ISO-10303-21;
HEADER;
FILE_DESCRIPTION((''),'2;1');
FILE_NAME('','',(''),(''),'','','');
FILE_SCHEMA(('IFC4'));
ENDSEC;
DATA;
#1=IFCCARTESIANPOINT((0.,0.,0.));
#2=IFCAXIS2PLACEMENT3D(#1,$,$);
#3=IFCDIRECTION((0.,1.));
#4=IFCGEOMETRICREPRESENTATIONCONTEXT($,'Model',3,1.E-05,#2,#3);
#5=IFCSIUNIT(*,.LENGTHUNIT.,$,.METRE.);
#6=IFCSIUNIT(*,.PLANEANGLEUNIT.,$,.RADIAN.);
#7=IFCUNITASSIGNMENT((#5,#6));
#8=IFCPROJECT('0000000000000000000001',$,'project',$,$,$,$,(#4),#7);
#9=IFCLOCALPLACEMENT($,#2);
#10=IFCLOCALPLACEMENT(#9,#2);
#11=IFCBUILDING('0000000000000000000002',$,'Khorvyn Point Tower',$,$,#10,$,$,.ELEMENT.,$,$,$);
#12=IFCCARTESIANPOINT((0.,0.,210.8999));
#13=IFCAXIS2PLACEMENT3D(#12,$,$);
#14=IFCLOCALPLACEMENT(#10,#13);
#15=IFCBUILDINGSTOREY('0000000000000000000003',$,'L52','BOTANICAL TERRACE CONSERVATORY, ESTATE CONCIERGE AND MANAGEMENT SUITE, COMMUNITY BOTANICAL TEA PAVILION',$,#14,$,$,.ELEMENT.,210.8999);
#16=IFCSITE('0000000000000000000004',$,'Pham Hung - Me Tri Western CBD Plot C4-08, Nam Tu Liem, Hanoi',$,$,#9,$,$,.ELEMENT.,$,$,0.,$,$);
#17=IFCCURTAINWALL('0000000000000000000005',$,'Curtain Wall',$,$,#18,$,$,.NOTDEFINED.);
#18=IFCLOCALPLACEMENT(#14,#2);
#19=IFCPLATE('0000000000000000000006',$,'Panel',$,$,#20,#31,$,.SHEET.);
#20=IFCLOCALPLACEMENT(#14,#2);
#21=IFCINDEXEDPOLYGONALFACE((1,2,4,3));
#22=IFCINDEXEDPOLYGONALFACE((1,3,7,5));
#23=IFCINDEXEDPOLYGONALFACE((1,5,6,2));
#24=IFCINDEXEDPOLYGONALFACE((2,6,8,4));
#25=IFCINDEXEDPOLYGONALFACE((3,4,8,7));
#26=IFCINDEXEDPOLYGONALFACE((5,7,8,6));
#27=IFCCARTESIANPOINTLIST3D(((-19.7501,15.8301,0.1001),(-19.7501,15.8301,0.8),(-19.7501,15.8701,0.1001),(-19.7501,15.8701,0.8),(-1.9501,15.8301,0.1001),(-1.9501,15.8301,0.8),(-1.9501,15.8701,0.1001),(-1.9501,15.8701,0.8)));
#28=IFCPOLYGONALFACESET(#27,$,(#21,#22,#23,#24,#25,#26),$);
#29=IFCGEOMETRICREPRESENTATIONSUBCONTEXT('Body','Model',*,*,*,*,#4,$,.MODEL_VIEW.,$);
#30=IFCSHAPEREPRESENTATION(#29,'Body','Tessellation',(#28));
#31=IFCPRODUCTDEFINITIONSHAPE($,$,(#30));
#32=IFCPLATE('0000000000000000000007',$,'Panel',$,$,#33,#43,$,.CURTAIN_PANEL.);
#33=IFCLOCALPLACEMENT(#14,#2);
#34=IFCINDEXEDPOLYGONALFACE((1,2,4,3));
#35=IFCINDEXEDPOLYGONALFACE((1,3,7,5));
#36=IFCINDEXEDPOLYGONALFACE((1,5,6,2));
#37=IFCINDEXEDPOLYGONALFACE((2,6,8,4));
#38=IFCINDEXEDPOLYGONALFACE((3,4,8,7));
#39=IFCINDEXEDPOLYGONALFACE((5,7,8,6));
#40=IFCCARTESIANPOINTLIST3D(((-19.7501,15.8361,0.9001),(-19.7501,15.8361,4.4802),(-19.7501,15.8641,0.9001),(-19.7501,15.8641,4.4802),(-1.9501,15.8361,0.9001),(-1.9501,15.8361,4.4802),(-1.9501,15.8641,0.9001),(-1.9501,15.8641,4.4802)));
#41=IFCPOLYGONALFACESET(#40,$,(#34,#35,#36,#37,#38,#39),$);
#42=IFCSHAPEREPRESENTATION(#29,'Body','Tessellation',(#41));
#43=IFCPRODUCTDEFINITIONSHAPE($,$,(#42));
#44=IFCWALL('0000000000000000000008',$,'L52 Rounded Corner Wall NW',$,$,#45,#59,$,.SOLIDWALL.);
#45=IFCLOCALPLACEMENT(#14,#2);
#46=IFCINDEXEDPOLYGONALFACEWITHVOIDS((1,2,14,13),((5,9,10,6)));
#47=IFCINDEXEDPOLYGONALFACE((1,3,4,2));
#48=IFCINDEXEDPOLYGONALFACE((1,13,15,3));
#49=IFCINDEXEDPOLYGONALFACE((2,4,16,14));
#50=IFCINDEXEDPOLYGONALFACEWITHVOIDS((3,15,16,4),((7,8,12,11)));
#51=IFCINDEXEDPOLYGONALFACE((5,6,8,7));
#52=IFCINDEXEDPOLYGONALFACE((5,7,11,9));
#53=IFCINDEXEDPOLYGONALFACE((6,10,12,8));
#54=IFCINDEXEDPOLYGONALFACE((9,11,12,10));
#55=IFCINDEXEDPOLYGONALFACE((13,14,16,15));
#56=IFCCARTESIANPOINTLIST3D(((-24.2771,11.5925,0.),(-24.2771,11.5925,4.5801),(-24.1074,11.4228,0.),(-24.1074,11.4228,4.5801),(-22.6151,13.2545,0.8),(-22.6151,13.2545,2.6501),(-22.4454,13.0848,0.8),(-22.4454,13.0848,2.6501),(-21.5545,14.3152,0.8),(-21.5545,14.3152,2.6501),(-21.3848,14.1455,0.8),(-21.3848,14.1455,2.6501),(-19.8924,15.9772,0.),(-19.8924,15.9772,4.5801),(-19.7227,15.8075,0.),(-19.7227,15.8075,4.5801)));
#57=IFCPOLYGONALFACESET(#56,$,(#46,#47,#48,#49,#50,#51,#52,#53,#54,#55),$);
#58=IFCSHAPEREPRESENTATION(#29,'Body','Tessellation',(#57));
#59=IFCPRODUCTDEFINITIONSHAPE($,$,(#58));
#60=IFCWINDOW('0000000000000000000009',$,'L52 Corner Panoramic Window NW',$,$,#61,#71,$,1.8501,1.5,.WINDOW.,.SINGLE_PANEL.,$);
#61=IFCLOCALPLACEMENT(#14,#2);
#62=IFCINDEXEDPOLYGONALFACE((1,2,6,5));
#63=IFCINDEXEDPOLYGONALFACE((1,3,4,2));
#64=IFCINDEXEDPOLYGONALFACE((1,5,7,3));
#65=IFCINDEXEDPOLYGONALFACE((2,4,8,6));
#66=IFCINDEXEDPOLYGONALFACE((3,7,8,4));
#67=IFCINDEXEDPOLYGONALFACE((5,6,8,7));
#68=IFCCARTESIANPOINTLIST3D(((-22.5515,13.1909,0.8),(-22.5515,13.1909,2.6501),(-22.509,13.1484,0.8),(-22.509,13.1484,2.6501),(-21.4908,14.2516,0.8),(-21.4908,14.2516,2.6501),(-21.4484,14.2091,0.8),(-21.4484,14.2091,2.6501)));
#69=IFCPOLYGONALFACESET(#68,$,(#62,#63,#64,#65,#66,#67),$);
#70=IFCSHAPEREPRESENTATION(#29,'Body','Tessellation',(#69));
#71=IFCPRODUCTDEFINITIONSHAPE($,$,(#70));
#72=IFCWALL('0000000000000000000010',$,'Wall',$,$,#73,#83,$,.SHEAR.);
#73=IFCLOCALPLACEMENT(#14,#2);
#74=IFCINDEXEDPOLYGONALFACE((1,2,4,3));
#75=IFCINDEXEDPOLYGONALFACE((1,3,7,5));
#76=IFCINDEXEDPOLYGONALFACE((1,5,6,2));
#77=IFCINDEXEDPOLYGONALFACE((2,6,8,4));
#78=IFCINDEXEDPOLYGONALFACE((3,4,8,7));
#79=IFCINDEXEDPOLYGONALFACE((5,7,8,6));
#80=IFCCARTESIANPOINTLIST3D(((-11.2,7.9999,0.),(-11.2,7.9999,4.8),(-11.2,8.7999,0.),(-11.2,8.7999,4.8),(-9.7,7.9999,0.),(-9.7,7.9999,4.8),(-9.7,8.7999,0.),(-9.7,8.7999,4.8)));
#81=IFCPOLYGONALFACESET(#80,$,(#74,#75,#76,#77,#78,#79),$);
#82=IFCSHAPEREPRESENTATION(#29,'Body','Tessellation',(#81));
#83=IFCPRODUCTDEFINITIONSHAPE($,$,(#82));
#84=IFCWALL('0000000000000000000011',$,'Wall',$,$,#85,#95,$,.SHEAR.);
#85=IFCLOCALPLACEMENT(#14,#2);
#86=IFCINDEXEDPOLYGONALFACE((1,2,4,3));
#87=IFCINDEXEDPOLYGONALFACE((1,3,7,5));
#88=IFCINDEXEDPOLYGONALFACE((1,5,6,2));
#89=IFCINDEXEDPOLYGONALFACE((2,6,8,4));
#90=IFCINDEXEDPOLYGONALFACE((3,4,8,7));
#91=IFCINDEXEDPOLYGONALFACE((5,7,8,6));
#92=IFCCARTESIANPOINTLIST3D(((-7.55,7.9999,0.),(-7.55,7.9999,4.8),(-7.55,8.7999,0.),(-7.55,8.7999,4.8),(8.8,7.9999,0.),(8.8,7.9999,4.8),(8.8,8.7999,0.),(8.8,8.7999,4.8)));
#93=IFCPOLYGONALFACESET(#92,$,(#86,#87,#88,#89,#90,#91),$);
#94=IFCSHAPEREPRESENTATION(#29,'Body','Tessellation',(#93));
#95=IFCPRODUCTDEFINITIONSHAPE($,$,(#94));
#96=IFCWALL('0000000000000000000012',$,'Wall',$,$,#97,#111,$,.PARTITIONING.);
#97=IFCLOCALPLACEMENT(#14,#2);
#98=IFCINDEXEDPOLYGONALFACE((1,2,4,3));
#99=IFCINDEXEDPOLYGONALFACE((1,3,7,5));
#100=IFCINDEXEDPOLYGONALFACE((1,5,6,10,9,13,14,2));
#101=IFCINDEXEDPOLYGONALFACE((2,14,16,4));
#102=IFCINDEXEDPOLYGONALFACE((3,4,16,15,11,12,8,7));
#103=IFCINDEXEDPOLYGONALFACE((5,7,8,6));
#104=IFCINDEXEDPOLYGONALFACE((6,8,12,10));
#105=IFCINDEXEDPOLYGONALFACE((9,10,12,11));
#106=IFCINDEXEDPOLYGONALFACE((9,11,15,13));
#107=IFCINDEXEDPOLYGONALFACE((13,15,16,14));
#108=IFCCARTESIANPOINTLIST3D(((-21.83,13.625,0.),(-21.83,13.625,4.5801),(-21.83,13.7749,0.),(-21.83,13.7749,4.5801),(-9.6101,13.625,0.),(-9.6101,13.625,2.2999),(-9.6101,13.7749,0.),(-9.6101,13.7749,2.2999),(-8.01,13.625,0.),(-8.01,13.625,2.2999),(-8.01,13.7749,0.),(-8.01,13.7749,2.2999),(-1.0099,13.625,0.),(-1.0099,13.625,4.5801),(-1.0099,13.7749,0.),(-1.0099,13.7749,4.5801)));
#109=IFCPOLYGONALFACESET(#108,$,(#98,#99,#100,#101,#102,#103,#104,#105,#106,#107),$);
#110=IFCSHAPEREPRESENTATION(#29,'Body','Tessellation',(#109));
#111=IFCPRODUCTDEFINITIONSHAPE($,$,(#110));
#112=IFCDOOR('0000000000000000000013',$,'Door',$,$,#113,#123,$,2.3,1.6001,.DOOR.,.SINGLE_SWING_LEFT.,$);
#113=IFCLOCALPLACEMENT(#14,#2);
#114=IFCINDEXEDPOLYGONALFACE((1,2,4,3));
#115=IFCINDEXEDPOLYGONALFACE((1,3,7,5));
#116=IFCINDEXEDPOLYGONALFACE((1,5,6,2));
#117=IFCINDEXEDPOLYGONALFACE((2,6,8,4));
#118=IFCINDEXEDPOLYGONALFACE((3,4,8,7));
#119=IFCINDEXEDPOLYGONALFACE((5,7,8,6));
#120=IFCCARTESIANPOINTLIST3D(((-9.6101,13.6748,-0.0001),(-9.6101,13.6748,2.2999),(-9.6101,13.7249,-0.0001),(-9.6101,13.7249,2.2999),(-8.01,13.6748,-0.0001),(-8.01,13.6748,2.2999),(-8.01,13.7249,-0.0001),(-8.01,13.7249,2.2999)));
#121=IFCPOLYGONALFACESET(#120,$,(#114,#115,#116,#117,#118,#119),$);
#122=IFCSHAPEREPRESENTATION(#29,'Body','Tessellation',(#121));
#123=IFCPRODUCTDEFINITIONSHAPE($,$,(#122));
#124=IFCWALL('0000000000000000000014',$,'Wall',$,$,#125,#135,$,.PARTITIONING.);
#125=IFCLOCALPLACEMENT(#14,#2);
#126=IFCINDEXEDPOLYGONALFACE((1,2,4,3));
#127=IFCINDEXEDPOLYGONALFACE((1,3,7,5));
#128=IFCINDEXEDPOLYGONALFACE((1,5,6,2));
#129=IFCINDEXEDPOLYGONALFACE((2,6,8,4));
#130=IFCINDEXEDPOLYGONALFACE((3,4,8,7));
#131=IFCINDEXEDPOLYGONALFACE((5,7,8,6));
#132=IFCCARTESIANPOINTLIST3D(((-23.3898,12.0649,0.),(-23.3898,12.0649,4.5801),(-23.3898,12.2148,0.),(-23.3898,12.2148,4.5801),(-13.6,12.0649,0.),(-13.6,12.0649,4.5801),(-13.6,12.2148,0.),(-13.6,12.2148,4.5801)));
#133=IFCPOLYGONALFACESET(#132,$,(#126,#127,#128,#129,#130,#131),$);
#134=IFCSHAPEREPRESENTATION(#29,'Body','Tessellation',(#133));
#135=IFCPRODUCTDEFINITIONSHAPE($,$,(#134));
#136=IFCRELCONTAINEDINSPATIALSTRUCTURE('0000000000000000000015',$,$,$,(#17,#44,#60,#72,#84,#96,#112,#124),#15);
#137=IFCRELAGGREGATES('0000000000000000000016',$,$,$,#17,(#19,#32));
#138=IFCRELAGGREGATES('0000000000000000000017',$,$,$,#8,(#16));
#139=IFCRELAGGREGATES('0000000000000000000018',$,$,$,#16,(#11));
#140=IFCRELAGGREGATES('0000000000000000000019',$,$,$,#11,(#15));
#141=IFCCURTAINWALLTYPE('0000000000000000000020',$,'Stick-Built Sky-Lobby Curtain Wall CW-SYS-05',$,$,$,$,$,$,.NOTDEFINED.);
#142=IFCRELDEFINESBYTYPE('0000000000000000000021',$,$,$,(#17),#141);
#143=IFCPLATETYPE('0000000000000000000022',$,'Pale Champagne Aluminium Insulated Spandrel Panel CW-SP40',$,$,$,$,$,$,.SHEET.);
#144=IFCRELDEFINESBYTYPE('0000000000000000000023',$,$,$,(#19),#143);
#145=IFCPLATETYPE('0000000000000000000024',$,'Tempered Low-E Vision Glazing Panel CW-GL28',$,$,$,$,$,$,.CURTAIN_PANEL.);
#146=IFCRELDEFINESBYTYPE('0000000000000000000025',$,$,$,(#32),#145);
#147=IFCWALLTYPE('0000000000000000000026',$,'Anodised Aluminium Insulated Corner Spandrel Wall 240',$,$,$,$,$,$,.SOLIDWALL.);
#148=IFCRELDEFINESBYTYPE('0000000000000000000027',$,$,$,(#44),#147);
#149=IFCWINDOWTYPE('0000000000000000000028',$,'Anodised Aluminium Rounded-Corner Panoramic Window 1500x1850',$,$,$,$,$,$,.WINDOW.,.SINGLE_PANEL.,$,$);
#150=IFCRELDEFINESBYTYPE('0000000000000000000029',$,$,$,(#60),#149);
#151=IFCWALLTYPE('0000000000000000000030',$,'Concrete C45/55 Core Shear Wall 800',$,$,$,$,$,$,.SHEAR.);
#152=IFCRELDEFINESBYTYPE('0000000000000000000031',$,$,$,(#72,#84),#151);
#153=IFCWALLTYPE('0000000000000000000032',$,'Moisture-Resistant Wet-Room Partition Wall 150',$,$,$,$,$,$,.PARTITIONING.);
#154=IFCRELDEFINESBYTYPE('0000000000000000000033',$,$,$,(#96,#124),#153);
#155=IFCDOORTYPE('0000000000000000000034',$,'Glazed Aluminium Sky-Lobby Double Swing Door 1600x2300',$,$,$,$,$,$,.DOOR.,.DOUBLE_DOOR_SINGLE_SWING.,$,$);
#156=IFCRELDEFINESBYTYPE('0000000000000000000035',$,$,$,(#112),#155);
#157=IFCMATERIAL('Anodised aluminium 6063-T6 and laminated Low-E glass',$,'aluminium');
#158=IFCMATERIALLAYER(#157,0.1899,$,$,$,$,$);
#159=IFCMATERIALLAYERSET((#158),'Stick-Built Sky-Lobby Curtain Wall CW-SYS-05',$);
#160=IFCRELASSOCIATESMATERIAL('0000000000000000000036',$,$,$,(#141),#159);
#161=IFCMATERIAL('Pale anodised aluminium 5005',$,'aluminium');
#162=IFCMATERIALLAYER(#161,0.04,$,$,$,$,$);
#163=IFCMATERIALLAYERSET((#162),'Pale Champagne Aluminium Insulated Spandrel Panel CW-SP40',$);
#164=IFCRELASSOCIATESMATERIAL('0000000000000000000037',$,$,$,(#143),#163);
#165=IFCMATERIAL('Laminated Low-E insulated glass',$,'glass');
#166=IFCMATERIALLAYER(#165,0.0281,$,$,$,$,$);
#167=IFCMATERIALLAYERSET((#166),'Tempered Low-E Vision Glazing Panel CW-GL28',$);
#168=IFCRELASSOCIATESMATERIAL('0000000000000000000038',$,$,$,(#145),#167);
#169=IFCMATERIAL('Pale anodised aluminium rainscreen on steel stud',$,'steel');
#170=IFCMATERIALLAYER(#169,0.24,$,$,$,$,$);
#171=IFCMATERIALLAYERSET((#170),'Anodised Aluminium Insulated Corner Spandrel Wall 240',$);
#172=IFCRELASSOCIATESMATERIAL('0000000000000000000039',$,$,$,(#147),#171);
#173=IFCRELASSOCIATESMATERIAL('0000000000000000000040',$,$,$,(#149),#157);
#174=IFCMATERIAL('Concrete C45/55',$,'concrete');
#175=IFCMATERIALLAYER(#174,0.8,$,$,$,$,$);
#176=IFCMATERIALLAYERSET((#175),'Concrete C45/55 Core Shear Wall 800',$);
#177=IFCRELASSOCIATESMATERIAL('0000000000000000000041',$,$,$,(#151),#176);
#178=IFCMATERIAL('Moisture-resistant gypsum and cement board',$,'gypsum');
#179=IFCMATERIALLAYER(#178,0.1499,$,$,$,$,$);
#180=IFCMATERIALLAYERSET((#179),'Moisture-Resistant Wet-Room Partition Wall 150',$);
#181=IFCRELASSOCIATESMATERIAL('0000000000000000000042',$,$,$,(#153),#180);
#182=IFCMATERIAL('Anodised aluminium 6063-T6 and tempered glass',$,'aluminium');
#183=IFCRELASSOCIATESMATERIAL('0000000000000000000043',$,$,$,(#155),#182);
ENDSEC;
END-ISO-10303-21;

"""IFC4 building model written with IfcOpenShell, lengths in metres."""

from ifc_helpers import new_model, si_unit, direction, frame, frame_2d, origin, origin_2d, place, context, subcontext, project, spatial, rectangle, extrude, material, layer, layer_set, type_object, element, fill, aggregate, save


model = new_model("IFC4")

# Units and contexts
model_context = context("Model", 3, precision=1e-05, world=origin(), true_north=direction((0.0, 1.0)))
body_context = subcontext(model_context, "Body", "Model", "MODEL_VIEW")
ifc_project = project(units=[si_unit("LENGTHUNIT", "METRE"), si_unit("PLANEANGLEUNIT", "RADIAN")], contexts=[model_context])

# Site, building, storey
site_placement = place(None, origin())
site = spatial("IfcSite", under=ifc_project, at=site_placement, Name="Pham Hung - Me Tri Western CBD Plot C4-08, Nam Tu Liem, Hanoi", CompositionType="ELEMENT", RefElevation=0.0)
building_placement = place(site_placement, origin())
building = spatial("IfcBuilding", under=site, at=building_placement, Name="Khorvyn Point Tower", CompositionType="ELEMENT")
storey_placement = place(building_placement, frame((0.0, 0.0, 210.8999)))
storey = spatial("IfcBuildingStorey", under=building, at=storey_placement, Name="L52", Description="BOTANICAL TERRACE CONSERVATORY, ESTATE CONCIERGE AND MANAGEMENT SUITE, COMMUNITY BOTANICAL TEA PAVILION", CompositionType="ELEMENT", Elevation=210.8999)

# Shared definitions
ifc_material_1 = material(Name="Concrete C45/55", Category="concrete")

# Curtain wall
ifc_material_2 = material(Name="Anodised aluminium 6063-T6 and laminated Low-E glass", Category="aluminium")
ifc_layer_1 = layer(ifc_material_2, 0.1899)
ifc_layer_set_1 = layer_set([ifc_layer_1], Name="Stick-Built Sky-Lobby Curtain Wall CW-SYS-05")
curtain_wall_type = type_object("IfcCurtainWallType", Name="Stick-Built Sky-Lobby Curtain Wall CW-SYS-05", PredefinedType="NOTDEFINED", material=ifc_layer_set_1)
curtain_wall_1_placement = place(storey_placement, origin())
curtain_wall_1 = element("IfcCurtainWall", 1, at=curtain_wall_1_placement, inside=storey, type_object=curtain_wall_type, Name="Curtain Wall", PredefinedType="NOTDEFINED")

# Plates
ifc_material_3 = material(Name="Pale anodised aluminium 5005", Category="aluminium")
ifc_layer_2 = layer(ifc_material_3, 0.04)
ifc_layer_set_2 = layer_set([ifc_layer_2], Name="Pale Champagne Aluminium Insulated Spandrel Panel CW-SP40")
plate_type_1 = type_object("IfcPlateType", Name="Pale Champagne Aluminium Insulated Spandrel Panel CW-SP40", PredefinedType="SHEET", material=ifc_layer_set_2)
plate_1_placement = place(storey_placement, frame((-10.8501, 15.8501, 0.1001), z_axis=(0.0, 0.0, 1.0), x_axis=(1.0, 0.0, 0.0)))
plate_1 = element("IfcPlate", 2, at=plate_1_placement, type_object=plate_type_1, Name="Panel", PredefinedType="SHEET", context=body_context, shape_type="SweptSolid", body=[
    extrude(rectangle(XDim=17.8, YDim=0.04, at=origin_2d()), origin(), (0.0, 0.0, 1.0), 0.7),
])
ifc_material_4 = material(Name="Laminated Low-E insulated glass", Category="glass")
ifc_layer_3 = layer(ifc_material_4, 0.0281)
ifc_layer_set_3 = layer_set([ifc_layer_3], Name="Tempered Low-E Vision Glazing Panel CW-GL28")
plate_type_2 = type_object("IfcPlateType", Name="Tempered Low-E Vision Glazing Panel CW-GL28", PredefinedType="CURTAIN_PANEL", material=ifc_layer_set_3)
plate_2_placement = place(storey_placement, frame((-10.8501, 15.8501, 0.9001), z_axis=(0.0, 0.0, 1.0), x_axis=(1.0, 0.0, 0.0)))
plate_2 = element("IfcPlate", 3, at=plate_2_placement, type_object=plate_type_2, Name="Panel", PredefinedType="CURTAIN_PANEL", context=body_context, shape_type="SweptSolid", body=[
    extrude(rectangle(XDim=17.8, YDim=0.0281, at=origin_2d()), origin(), (0.0, 0.0, 1.0), 3.5801),
])
aggregate(curtain_wall_1, [plate_1, plate_2])

# Wall, opening, window
ifc_material_5 = material(Name="Pale anodised aluminium rainscreen on steel stud", Category="steel")
ifc_layer_4 = layer(ifc_material_5, 0.24)
ifc_layer_set_4 = layer_set([ifc_layer_4], Name="Anodised Aluminium Insulated Corner Spandrel Wall 240")
wall_type_1 = type_object("IfcWallType", Name="Anodised Aluminium Insulated Corner Spandrel Wall 240", PredefinedType="SOLIDWALL", material=ifc_layer_set_4)
wall_1_placement = place(storey_placement, frame((-24.1924, 11.5076, 0.0), z_axis=(0.0, 0.0, 1.0), x_axis=(0.707107, 0.707107, 0.0)))
wall_1 = element("IfcWall", 4, at=wall_1_placement, inside=storey, type_object=wall_type_1, Name="L52 Rounded Corner Wall NW", PredefinedType="SOLIDWALL", context=body_context, shape_type="SweptSolid", body=[
    extrude(rectangle(XDim=6.2009, YDim=0.24, at=frame_2d((3.1006, 0.0))), origin(), (0.0, 0.0, 1.0), 4.5801),
])
opening_1_placement = place(wall_1_placement, frame((2.3506, 0.0, 0.8)))
opening_1 = element("IfcOpeningElement", 5, at=opening_1_placement, cuts=wall_1, PredefinedType="OPENING", context=body_context, shape_type="SweptSolid", body=[
    extrude(rectangle(XDim=1.5, YDim=1.8501, at=frame_2d((0.75, 0.925))), frame((0.0, 0.1299, 0.0), z_axis=(0.0, -1.0, 0.0), x_axis=(1.0, 0.0, 0.0)), (0.0, 0.0, 1.0), 0.26),
])
window_type = type_object("IfcWindowType", Name="Anodised Aluminium Rounded-Corner Panoramic Window 1500x1850", PartitioningType="SINGLE_PANEL", PredefinedType="WINDOW", material=ifc_material_2)
window_placement = place(opening_1_placement, origin())
window = element("IfcWindow", 6, at=window_placement, inside=storey, type_object=window_type, Name="L52 Corner Panoramic Window NW", OverallHeight=1.8501, OverallWidth=1.5, PartitioningType="SINGLE_PANEL", PredefinedType="WINDOW", context=body_context, shape_type="SweptSolid", body=[
    extrude(rectangle(XDim=1.5, YDim=1.8501, at=frame_2d((0.75, 0.925))), frame((0.0, 0.03, 0.0), z_axis=(0.0, -1.0, 0.0), x_axis=(1.0, 0.0, 0.0)), (0.0, 0.0, 1.0), 0.0601),
])
fill(opening_1, window)

# Walls
ifc_layer_5 = layer(ifc_material_1, 0.8)
ifc_layer_set_5 = layer_set([ifc_layer_5], Name="Concrete C45/55 Core Shear Wall 800")
wall_type_2 = type_object("IfcWallType", Name="Concrete C45/55 Core Shear Wall 800", PredefinedType="SHEAR", material=ifc_layer_set_5)
wall_2_placement = place(storey_placement, frame((-11.2, 8.3999, 0.0), z_axis=(0.0, 0.0, 1.0), x_axis=(1.0, 0.0, 0.0)))
element("IfcWall", 7, at=wall_2_placement, inside=storey, type_object=wall_type_2, Name="Wall", PredefinedType="SHEAR", context=body_context, shape_type="SweptSolid", body=[
    extrude(rectangle(XDim=1.5, YDim=0.8, at=frame_2d((0.75, 0.0))), origin(), (0.0, 0.0, 1.0), 4.8),
])
wall_3_placement = place(storey_placement, frame((-7.55, 8.3999, 0.0), z_axis=(0.0, 0.0, 1.0), x_axis=(1.0, 0.0, 0.0)))
element("IfcWall", 8, at=wall_3_placement, inside=storey, type_object=wall_type_2, Name="Wall", PredefinedType="SHEAR", context=body_context, shape_type="SweptSolid", body=[
    extrude(rectangle(XDim=16.3501, YDim=0.8, at=frame_2d((8.175, 0.0))), origin(), (0.0, 0.0, 1.0), 4.8),
])

# Wall, opening, door
ifc_material_6 = material(Name="Moisture-resistant gypsum and cement board", Category="gypsum")
ifc_layer_6 = layer(ifc_material_6, 0.1499)
ifc_layer_set_6 = layer_set([ifc_layer_6], Name="Moisture-Resistant Wet-Room Partition Wall 150")
wall_type_3 = type_object("IfcWallType", Name="Moisture-Resistant Wet-Room Partition Wall 150", PredefinedType="PARTITIONING", material=ifc_layer_set_6)
wall_4_placement = place(storey_placement, frame((-21.8301, 13.7, 0.0), z_axis=(0.0, 0.0, 1.0), x_axis=(1.0, 0.0, 0.0)))
wall_4 = element("IfcWall", 9, at=wall_4_placement, inside=storey, type_object=wall_type_3, Name="Wall", PredefinedType="PARTITIONING", context=body_context, shape_type="SweptSolid", body=[
    extrude(rectangle(XDim=20.8201, YDim=0.1499, at=frame_2d((10.4102, 0.0))), origin(), (0.0, 0.0, 1.0), 4.5801),
])
opening_2_placement = place(wall_4_placement, frame((12.22, 0.0, 0.0)))
opening_2 = element("IfcOpeningElement", 10, at=opening_2_placement, cuts=wall_4, PredefinedType="OPENING", context=body_context, shape_type="SweptSolid", body=[
    extrude(rectangle(XDim=1.6001, YDim=2.3, at=frame_2d((0.8, 1.1499))), frame((0.0, 0.085, 0.0), z_axis=(0.0, -1.0, 0.0), x_axis=(1.0, 0.0, 0.0)), (0.0, 0.0, 1.0), 0.1699),
])
ifc_material_7 = material(Name="Anodised aluminium 6063-T6 and tempered glass", Category="aluminium")
door_type_1 = type_object("IfcDoorType", Name="Glazed Aluminium Sky-Lobby Double Swing Door 1600x2300", OperationType="DOUBLE_DOOR_SINGLE_SWING", PredefinedType="DOOR", material=ifc_material_7)
door_1_placement = place(opening_2_placement, origin())
door_1 = element("IfcDoor", 11, at=door_1_placement, inside=storey, type_object=door_type_1, Name="Door", OperationType="SINGLE_SWING_LEFT", OverallHeight=2.3, OverallWidth=1.6001, PredefinedType="DOOR", context=body_context, shape_type="SweptSolid", body=[
    extrude(rectangle(XDim=1.6001, YDim=2.3, at=frame_2d((0.8, 1.1499))), frame((0.0, 0.0249, 0.0), z_axis=(0.0, -1.0, 0.0), x_axis=(1.0, 0.0, 0.0)), (0.0, 0.0, 1.0), 0.05),
])
fill(opening_2, door_1)

# Wall
wall_5_placement = place(storey_placement, frame((-23.3899, 12.1399, 0.0), z_axis=(0.0, 0.0, 1.0), x_axis=(1.0, 0.0, 0.0)))
element("IfcWall", 12, at=wall_5_placement, inside=storey, type_object=wall_type_3, Name="Wall", PredefinedType="PARTITIONING", context=body_context, shape_type="SweptSolid", body=[
    extrude(rectangle(XDim=9.7898, YDim=0.1499, at=frame_2d((4.895, 0.0))), origin(), (0.0, 0.0, 1.0), 4.5801),
])

save(model, "model.ifc")
